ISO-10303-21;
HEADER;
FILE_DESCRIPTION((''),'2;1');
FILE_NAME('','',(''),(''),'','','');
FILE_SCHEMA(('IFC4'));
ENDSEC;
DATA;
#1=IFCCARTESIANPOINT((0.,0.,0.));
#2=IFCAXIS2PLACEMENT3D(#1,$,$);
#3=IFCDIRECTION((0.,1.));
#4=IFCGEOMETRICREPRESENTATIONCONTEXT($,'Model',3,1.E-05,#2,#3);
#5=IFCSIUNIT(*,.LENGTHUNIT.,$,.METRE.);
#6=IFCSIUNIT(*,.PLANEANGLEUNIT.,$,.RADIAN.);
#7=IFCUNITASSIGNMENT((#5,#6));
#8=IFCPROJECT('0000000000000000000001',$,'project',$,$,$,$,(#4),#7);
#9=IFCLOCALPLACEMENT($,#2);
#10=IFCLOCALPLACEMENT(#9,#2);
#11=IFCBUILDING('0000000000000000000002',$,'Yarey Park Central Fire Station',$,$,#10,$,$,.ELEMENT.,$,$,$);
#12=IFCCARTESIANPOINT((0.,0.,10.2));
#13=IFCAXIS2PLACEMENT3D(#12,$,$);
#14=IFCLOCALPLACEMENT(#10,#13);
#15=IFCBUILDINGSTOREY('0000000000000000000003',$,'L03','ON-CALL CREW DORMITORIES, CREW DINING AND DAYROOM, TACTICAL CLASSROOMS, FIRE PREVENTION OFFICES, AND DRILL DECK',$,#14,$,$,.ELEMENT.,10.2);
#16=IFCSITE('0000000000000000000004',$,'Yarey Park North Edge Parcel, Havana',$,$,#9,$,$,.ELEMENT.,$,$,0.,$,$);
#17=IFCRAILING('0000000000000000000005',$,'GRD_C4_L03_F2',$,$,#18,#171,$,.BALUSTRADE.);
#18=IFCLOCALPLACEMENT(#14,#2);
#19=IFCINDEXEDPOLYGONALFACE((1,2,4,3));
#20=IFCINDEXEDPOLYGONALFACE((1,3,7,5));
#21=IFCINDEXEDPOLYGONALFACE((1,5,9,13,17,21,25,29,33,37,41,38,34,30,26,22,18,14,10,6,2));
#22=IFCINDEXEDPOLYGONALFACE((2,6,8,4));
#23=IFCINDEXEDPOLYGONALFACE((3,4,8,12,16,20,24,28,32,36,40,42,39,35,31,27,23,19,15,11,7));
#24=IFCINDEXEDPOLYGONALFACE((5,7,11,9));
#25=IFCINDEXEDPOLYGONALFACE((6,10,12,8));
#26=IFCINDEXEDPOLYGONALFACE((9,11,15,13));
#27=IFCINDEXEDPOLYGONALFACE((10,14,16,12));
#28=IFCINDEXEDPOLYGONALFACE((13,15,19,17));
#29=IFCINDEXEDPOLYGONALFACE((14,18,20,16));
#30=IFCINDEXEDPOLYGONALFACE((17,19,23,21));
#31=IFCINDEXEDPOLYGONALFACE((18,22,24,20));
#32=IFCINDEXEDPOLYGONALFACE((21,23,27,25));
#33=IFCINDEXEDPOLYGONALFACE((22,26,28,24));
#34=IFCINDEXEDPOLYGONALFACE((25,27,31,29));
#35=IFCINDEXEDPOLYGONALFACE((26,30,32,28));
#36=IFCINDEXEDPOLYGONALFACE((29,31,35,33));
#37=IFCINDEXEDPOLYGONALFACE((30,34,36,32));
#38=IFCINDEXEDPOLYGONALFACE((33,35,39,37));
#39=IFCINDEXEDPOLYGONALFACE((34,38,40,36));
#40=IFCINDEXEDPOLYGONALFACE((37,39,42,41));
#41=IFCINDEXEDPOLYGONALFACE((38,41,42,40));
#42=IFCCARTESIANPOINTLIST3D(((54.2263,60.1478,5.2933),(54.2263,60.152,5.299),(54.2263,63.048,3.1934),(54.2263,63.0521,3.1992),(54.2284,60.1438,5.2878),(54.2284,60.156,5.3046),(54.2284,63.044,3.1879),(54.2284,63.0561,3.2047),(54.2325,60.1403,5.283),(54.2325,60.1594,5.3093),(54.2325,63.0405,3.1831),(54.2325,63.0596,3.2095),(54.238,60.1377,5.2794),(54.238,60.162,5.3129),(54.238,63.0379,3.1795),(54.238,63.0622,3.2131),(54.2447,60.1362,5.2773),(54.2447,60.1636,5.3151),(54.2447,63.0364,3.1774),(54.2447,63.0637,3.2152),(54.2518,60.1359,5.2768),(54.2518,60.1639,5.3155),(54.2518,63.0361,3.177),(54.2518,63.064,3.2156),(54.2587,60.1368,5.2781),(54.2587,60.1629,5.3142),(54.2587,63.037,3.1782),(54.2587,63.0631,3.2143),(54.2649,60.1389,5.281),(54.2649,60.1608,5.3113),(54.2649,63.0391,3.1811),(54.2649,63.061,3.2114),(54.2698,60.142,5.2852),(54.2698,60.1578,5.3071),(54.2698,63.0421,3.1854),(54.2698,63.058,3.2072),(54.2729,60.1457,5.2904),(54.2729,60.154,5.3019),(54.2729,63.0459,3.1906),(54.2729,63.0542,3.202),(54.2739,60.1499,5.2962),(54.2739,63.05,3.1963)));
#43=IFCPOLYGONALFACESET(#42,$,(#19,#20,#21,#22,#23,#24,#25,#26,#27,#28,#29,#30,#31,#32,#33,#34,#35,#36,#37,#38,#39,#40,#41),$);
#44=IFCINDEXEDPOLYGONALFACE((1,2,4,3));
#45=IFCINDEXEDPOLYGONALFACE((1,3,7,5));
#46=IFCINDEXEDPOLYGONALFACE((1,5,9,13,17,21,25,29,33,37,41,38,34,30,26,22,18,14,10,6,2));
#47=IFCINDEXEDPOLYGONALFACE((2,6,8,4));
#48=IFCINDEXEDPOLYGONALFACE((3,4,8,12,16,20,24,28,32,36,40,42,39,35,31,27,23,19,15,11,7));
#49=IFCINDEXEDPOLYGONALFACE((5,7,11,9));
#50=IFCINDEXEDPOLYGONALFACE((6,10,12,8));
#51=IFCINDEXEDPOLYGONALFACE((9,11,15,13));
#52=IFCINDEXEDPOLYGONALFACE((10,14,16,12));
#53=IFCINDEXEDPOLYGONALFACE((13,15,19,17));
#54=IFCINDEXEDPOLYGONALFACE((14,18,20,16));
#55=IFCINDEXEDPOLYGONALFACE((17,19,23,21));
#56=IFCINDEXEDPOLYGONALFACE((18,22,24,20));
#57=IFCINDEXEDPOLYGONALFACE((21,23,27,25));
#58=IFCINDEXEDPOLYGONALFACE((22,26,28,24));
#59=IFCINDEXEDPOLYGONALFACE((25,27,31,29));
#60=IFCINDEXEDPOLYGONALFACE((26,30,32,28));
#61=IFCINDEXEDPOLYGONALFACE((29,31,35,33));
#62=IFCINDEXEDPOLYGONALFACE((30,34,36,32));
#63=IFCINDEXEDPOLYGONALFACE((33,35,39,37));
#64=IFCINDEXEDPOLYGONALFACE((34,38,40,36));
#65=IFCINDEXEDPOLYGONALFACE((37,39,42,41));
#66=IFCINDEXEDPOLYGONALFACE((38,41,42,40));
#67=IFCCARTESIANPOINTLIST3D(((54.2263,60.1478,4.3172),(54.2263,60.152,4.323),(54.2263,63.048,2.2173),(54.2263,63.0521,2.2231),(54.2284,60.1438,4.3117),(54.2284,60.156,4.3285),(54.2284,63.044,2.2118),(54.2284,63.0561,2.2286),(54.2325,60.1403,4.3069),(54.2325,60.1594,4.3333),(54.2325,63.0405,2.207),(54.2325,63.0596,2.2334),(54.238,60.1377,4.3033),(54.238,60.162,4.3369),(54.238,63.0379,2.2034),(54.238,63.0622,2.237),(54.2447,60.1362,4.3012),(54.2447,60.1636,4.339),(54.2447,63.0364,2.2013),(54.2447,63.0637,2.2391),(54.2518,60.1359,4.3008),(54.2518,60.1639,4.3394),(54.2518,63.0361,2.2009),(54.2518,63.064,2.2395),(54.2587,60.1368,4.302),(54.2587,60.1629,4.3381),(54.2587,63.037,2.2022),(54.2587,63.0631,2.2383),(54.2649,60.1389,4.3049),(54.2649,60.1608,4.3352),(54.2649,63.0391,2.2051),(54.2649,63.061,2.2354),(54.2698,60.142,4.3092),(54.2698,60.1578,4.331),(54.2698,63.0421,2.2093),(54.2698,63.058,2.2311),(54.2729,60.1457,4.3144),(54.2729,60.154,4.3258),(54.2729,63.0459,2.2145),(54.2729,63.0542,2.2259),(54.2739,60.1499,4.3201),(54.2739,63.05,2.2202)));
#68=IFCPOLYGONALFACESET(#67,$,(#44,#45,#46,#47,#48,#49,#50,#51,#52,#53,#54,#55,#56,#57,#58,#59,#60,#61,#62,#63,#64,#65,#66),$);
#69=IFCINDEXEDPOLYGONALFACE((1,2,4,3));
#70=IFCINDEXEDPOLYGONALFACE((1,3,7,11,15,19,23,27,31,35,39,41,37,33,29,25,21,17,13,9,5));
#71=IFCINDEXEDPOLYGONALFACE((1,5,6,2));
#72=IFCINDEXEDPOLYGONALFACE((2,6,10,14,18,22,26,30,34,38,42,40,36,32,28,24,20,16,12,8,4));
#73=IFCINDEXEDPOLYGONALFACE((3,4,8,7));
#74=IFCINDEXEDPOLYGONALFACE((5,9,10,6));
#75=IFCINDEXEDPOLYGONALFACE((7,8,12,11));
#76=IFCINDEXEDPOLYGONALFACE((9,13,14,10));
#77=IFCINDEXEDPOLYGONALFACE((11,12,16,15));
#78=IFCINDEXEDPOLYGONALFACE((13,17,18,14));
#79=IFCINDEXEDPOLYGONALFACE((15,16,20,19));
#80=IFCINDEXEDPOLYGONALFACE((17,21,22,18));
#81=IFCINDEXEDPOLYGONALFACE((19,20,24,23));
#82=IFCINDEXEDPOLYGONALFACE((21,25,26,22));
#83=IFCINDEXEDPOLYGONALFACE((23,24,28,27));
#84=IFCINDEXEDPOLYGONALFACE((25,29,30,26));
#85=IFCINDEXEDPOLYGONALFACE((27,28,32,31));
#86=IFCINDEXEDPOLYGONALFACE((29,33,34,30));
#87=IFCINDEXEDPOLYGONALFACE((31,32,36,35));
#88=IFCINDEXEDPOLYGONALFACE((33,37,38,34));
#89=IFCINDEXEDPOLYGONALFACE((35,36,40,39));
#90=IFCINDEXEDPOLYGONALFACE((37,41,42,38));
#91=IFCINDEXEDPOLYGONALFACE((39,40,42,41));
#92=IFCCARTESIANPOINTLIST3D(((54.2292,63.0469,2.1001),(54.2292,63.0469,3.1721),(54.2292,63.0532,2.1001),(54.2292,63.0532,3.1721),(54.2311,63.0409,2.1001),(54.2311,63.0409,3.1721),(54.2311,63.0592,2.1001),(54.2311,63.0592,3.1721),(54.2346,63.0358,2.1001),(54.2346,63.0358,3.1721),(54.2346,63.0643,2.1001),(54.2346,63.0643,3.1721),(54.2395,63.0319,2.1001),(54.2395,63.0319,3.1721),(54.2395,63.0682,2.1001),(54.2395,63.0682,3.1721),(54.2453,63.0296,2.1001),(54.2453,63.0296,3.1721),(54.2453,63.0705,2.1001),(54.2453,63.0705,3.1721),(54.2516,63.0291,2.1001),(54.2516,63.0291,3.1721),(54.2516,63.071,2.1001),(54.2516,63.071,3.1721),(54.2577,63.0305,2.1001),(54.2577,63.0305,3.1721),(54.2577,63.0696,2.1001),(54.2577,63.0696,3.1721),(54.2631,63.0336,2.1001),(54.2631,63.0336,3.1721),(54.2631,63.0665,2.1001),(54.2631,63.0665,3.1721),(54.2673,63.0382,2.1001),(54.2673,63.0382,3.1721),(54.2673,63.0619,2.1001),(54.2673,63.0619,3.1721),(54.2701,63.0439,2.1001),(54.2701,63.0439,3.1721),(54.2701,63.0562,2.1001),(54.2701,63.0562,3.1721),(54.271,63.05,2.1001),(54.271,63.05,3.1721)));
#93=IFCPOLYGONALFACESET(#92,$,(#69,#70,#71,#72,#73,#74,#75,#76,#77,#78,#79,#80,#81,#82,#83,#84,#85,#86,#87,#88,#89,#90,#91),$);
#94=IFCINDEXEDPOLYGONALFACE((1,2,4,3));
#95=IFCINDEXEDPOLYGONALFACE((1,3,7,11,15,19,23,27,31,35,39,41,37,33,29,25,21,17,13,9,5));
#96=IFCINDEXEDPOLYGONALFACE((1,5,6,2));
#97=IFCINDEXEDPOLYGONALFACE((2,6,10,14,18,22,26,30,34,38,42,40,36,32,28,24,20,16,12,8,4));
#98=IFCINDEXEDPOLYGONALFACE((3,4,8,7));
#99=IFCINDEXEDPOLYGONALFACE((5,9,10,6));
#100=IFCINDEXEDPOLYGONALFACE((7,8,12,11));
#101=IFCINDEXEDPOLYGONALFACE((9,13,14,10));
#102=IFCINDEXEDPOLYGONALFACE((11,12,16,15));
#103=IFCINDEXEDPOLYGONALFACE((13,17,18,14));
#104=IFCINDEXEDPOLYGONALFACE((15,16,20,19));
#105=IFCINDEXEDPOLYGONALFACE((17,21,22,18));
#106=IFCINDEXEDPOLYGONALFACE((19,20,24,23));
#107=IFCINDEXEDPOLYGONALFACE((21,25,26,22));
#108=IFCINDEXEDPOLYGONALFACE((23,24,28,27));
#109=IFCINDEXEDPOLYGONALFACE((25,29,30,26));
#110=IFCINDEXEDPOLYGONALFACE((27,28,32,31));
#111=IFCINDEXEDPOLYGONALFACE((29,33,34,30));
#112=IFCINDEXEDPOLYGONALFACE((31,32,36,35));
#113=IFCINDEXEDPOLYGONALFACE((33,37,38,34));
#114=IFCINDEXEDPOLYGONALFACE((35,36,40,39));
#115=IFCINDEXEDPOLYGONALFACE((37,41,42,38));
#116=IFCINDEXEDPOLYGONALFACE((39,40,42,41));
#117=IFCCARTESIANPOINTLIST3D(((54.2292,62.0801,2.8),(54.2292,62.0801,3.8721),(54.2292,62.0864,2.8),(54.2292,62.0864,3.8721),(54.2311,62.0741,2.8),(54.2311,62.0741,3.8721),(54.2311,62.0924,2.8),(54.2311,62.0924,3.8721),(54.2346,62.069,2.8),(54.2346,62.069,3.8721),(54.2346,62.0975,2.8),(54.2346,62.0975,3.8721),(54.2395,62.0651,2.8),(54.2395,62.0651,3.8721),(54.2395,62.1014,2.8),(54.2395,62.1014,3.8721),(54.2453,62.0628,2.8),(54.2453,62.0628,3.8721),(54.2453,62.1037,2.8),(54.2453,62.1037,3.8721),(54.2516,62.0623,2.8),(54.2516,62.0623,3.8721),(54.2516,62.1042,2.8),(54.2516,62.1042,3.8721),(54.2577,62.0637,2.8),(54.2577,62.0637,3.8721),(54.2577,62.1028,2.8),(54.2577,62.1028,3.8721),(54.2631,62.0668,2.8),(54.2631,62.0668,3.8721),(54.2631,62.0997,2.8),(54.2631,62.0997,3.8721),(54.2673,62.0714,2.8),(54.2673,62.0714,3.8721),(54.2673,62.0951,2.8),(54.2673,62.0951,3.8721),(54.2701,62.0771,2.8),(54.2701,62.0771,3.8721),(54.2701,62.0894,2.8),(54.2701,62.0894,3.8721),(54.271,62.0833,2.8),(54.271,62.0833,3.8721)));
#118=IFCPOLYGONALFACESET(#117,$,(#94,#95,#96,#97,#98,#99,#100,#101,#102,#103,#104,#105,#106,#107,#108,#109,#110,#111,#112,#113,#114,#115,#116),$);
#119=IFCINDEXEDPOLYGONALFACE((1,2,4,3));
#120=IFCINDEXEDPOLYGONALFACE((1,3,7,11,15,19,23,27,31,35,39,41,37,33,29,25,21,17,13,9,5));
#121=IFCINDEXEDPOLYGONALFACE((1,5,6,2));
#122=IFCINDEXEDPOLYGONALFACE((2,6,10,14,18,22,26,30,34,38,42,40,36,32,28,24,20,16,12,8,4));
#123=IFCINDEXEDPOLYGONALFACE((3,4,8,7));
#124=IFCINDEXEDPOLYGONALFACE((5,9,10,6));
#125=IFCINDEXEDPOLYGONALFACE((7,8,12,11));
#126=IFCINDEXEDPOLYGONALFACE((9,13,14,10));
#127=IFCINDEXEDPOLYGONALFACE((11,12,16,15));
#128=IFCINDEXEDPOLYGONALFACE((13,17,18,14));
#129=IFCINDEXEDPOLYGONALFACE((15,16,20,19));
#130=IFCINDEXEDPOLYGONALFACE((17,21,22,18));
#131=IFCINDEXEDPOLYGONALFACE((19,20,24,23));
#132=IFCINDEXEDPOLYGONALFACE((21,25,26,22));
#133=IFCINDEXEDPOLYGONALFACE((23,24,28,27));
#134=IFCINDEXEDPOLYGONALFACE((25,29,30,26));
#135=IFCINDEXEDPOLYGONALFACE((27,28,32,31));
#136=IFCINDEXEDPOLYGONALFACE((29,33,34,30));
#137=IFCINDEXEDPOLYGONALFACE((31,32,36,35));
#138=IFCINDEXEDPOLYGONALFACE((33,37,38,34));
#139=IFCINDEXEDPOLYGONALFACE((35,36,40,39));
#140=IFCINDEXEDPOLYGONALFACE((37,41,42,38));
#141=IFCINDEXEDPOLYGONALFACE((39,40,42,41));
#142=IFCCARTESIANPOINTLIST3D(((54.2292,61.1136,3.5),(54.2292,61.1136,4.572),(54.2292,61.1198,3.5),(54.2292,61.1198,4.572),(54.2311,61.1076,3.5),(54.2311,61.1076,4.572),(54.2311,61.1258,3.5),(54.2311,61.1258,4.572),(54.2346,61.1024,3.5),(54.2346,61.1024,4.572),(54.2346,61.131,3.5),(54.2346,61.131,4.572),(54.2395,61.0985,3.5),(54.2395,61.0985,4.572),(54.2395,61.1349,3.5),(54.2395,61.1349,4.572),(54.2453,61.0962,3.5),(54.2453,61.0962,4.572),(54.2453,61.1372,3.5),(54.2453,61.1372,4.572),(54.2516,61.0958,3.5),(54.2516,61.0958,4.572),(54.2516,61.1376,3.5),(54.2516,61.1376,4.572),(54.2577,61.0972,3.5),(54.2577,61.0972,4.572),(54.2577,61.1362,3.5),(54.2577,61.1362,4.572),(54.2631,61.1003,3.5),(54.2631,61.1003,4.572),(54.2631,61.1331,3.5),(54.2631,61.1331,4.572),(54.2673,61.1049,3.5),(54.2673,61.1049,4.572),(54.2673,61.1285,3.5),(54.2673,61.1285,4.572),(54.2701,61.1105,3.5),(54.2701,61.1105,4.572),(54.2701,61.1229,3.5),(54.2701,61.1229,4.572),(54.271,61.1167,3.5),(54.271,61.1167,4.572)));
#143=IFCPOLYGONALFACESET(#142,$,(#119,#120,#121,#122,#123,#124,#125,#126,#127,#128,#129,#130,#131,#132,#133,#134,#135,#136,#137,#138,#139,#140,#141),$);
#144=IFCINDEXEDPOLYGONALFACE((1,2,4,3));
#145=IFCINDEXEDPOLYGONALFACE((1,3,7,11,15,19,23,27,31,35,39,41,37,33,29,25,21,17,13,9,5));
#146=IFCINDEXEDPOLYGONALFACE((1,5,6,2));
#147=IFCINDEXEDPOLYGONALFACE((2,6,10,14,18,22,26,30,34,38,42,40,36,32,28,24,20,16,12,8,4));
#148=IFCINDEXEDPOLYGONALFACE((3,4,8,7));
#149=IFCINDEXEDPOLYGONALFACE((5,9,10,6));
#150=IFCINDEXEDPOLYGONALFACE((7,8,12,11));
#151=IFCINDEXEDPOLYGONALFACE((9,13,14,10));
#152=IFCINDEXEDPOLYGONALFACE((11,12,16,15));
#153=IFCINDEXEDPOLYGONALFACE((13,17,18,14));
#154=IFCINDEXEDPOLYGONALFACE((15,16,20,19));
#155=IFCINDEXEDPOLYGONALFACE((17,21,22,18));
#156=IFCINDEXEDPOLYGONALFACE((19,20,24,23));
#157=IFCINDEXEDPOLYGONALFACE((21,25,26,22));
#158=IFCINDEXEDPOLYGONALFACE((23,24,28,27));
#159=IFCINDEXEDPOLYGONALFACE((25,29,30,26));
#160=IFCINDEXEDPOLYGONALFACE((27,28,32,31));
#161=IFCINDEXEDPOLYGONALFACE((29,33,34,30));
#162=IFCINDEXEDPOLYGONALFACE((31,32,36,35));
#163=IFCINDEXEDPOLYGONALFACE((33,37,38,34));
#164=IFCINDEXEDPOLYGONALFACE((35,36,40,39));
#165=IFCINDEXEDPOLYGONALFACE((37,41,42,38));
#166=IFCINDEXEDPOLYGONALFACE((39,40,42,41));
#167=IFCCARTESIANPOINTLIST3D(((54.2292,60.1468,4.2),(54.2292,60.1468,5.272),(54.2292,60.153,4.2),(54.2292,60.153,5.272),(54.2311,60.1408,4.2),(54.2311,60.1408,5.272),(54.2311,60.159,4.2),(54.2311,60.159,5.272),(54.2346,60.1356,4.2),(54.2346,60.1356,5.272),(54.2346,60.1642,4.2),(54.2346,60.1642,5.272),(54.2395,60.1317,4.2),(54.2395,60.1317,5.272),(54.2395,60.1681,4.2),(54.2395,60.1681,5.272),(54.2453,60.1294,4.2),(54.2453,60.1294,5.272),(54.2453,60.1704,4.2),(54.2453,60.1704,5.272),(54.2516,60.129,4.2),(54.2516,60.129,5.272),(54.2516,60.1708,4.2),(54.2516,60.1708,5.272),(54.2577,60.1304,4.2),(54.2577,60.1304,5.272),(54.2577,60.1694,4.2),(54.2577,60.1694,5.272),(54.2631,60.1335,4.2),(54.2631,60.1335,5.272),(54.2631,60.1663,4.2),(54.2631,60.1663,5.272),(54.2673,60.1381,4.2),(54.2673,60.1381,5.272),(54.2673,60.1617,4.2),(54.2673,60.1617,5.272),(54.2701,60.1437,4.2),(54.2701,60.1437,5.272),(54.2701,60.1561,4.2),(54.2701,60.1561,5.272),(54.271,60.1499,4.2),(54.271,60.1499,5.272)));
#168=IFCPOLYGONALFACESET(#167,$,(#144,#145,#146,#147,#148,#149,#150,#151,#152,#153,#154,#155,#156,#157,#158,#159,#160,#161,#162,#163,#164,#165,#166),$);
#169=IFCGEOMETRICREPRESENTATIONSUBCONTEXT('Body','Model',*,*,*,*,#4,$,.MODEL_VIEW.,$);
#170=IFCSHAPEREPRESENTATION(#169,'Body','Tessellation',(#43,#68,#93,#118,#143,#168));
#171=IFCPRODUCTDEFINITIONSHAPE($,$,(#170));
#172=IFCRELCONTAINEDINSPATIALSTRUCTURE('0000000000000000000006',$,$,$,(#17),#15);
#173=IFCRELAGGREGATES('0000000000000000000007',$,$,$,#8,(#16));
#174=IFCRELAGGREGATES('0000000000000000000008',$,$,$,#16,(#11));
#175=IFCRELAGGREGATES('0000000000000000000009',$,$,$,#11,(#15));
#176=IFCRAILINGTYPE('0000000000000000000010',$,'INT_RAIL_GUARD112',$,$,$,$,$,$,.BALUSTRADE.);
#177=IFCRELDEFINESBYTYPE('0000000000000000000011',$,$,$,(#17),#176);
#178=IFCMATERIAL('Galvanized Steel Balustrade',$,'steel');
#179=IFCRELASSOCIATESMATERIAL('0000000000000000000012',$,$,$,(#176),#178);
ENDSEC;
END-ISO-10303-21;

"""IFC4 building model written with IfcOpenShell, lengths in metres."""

from ifc_helpers import new_model, si_unit, direction, frame, origin, origin_2d, place, context, subcontext, project, spatial, circle, extrude, material, type_object, element, save


model = new_model("IFC4")

# Units and contexts
model_context = context("Model", 3, precision=1e-05, world=origin(), true_north=direction((0.0, 1.0)))
body_context = subcontext(model_context, "Body", "Model", "MODEL_VIEW")
ifc_project = project(units=[si_unit("LENGTHUNIT", "METRE"), si_unit("PLANEANGLEUNIT", "RADIAN")], contexts=[model_context])

# Site, building, storey
site_placement = place(None, origin())
site = spatial("IfcSite", under=ifc_project, at=site_placement, Name="Yarey Park North Edge Parcel, Havana", CompositionType="ELEMENT", RefElevation=0.0)
building_placement = place(site_placement, origin())
building = spatial("IfcBuilding", under=site, at=building_placement, Name="Yarey Park Central Fire Station", CompositionType="ELEMENT")
storey_placement = place(building_placement, frame((0.0, 0.0, 10.2)))
storey = spatial("IfcBuildingStorey", under=building, at=storey_placement, Name="L03", Description="ON-CALL CREW DORMITORIES, CREW DINING AND DAYROOM, TACTICAL CLASSROOMS, FIRE PREVENTION OFFICES, AND DRILL DECK", CompositionType="ELEMENT", Elevation=10.2)

# Railing
ifc_material_1 = material(Name="Galvanized Steel Balustrade", Category="steel")
railing_type_1 = type_object("IfcRailingType", Name="INT_RAIL_GUARD112", PredefinedType="BALUSTRADE", material=ifc_material_1)
railing_1_placement = place(storey_placement, frame((54.25, 63.05, 2.1001)))
element("IfcRailing", 1, at=railing_1_placement, inside=storey, type_object=railing_type_1, Name="GRD_C4_L03_F2", PredefinedType="BALUSTRADE", context=body_context, shape_type="SweptSolid", body=[
    extrude(circle(Radius=0.0239, at=origin_2d()), frame((0.0, 0.0, 1.0962), z_axis=(0.0, -0.809976, 0.586464), x_axis=(1.0, 0.0, 0.0)), (0.0, 0.0, 1.0), 3.5806),
    extrude(circle(Radius=0.0239, at=origin_2d()), frame((0.0, 0.0, 0.1201), z_axis=(0.0, -0.809976, 0.586464), x_axis=(1.0, 0.0, 0.0)), (0.0, 0.0, 1.0), 3.5806),
    extrude(circle(Radius=0.021, at=origin_2d()), origin(), (0.0, 0.0, 1.0), 1.072),
    extrude(circle(Radius=0.021, at=origin_2d()), frame((0.0, -0.9668, 0.7)), (0.0, 0.0, 1.0), 1.072),
    extrude(circle(Radius=0.021, at=origin_2d()), frame((0.0, -1.9333, 1.3999)), (0.0, 0.0, 1.0), 1.072),
    extrude(circle(Radius=0.021, at=origin_2d()), frame((0.0, -2.9001, 2.0999)), (0.0, 0.0, 1.0), 1.072),
])

save(model, "model.ifc")
